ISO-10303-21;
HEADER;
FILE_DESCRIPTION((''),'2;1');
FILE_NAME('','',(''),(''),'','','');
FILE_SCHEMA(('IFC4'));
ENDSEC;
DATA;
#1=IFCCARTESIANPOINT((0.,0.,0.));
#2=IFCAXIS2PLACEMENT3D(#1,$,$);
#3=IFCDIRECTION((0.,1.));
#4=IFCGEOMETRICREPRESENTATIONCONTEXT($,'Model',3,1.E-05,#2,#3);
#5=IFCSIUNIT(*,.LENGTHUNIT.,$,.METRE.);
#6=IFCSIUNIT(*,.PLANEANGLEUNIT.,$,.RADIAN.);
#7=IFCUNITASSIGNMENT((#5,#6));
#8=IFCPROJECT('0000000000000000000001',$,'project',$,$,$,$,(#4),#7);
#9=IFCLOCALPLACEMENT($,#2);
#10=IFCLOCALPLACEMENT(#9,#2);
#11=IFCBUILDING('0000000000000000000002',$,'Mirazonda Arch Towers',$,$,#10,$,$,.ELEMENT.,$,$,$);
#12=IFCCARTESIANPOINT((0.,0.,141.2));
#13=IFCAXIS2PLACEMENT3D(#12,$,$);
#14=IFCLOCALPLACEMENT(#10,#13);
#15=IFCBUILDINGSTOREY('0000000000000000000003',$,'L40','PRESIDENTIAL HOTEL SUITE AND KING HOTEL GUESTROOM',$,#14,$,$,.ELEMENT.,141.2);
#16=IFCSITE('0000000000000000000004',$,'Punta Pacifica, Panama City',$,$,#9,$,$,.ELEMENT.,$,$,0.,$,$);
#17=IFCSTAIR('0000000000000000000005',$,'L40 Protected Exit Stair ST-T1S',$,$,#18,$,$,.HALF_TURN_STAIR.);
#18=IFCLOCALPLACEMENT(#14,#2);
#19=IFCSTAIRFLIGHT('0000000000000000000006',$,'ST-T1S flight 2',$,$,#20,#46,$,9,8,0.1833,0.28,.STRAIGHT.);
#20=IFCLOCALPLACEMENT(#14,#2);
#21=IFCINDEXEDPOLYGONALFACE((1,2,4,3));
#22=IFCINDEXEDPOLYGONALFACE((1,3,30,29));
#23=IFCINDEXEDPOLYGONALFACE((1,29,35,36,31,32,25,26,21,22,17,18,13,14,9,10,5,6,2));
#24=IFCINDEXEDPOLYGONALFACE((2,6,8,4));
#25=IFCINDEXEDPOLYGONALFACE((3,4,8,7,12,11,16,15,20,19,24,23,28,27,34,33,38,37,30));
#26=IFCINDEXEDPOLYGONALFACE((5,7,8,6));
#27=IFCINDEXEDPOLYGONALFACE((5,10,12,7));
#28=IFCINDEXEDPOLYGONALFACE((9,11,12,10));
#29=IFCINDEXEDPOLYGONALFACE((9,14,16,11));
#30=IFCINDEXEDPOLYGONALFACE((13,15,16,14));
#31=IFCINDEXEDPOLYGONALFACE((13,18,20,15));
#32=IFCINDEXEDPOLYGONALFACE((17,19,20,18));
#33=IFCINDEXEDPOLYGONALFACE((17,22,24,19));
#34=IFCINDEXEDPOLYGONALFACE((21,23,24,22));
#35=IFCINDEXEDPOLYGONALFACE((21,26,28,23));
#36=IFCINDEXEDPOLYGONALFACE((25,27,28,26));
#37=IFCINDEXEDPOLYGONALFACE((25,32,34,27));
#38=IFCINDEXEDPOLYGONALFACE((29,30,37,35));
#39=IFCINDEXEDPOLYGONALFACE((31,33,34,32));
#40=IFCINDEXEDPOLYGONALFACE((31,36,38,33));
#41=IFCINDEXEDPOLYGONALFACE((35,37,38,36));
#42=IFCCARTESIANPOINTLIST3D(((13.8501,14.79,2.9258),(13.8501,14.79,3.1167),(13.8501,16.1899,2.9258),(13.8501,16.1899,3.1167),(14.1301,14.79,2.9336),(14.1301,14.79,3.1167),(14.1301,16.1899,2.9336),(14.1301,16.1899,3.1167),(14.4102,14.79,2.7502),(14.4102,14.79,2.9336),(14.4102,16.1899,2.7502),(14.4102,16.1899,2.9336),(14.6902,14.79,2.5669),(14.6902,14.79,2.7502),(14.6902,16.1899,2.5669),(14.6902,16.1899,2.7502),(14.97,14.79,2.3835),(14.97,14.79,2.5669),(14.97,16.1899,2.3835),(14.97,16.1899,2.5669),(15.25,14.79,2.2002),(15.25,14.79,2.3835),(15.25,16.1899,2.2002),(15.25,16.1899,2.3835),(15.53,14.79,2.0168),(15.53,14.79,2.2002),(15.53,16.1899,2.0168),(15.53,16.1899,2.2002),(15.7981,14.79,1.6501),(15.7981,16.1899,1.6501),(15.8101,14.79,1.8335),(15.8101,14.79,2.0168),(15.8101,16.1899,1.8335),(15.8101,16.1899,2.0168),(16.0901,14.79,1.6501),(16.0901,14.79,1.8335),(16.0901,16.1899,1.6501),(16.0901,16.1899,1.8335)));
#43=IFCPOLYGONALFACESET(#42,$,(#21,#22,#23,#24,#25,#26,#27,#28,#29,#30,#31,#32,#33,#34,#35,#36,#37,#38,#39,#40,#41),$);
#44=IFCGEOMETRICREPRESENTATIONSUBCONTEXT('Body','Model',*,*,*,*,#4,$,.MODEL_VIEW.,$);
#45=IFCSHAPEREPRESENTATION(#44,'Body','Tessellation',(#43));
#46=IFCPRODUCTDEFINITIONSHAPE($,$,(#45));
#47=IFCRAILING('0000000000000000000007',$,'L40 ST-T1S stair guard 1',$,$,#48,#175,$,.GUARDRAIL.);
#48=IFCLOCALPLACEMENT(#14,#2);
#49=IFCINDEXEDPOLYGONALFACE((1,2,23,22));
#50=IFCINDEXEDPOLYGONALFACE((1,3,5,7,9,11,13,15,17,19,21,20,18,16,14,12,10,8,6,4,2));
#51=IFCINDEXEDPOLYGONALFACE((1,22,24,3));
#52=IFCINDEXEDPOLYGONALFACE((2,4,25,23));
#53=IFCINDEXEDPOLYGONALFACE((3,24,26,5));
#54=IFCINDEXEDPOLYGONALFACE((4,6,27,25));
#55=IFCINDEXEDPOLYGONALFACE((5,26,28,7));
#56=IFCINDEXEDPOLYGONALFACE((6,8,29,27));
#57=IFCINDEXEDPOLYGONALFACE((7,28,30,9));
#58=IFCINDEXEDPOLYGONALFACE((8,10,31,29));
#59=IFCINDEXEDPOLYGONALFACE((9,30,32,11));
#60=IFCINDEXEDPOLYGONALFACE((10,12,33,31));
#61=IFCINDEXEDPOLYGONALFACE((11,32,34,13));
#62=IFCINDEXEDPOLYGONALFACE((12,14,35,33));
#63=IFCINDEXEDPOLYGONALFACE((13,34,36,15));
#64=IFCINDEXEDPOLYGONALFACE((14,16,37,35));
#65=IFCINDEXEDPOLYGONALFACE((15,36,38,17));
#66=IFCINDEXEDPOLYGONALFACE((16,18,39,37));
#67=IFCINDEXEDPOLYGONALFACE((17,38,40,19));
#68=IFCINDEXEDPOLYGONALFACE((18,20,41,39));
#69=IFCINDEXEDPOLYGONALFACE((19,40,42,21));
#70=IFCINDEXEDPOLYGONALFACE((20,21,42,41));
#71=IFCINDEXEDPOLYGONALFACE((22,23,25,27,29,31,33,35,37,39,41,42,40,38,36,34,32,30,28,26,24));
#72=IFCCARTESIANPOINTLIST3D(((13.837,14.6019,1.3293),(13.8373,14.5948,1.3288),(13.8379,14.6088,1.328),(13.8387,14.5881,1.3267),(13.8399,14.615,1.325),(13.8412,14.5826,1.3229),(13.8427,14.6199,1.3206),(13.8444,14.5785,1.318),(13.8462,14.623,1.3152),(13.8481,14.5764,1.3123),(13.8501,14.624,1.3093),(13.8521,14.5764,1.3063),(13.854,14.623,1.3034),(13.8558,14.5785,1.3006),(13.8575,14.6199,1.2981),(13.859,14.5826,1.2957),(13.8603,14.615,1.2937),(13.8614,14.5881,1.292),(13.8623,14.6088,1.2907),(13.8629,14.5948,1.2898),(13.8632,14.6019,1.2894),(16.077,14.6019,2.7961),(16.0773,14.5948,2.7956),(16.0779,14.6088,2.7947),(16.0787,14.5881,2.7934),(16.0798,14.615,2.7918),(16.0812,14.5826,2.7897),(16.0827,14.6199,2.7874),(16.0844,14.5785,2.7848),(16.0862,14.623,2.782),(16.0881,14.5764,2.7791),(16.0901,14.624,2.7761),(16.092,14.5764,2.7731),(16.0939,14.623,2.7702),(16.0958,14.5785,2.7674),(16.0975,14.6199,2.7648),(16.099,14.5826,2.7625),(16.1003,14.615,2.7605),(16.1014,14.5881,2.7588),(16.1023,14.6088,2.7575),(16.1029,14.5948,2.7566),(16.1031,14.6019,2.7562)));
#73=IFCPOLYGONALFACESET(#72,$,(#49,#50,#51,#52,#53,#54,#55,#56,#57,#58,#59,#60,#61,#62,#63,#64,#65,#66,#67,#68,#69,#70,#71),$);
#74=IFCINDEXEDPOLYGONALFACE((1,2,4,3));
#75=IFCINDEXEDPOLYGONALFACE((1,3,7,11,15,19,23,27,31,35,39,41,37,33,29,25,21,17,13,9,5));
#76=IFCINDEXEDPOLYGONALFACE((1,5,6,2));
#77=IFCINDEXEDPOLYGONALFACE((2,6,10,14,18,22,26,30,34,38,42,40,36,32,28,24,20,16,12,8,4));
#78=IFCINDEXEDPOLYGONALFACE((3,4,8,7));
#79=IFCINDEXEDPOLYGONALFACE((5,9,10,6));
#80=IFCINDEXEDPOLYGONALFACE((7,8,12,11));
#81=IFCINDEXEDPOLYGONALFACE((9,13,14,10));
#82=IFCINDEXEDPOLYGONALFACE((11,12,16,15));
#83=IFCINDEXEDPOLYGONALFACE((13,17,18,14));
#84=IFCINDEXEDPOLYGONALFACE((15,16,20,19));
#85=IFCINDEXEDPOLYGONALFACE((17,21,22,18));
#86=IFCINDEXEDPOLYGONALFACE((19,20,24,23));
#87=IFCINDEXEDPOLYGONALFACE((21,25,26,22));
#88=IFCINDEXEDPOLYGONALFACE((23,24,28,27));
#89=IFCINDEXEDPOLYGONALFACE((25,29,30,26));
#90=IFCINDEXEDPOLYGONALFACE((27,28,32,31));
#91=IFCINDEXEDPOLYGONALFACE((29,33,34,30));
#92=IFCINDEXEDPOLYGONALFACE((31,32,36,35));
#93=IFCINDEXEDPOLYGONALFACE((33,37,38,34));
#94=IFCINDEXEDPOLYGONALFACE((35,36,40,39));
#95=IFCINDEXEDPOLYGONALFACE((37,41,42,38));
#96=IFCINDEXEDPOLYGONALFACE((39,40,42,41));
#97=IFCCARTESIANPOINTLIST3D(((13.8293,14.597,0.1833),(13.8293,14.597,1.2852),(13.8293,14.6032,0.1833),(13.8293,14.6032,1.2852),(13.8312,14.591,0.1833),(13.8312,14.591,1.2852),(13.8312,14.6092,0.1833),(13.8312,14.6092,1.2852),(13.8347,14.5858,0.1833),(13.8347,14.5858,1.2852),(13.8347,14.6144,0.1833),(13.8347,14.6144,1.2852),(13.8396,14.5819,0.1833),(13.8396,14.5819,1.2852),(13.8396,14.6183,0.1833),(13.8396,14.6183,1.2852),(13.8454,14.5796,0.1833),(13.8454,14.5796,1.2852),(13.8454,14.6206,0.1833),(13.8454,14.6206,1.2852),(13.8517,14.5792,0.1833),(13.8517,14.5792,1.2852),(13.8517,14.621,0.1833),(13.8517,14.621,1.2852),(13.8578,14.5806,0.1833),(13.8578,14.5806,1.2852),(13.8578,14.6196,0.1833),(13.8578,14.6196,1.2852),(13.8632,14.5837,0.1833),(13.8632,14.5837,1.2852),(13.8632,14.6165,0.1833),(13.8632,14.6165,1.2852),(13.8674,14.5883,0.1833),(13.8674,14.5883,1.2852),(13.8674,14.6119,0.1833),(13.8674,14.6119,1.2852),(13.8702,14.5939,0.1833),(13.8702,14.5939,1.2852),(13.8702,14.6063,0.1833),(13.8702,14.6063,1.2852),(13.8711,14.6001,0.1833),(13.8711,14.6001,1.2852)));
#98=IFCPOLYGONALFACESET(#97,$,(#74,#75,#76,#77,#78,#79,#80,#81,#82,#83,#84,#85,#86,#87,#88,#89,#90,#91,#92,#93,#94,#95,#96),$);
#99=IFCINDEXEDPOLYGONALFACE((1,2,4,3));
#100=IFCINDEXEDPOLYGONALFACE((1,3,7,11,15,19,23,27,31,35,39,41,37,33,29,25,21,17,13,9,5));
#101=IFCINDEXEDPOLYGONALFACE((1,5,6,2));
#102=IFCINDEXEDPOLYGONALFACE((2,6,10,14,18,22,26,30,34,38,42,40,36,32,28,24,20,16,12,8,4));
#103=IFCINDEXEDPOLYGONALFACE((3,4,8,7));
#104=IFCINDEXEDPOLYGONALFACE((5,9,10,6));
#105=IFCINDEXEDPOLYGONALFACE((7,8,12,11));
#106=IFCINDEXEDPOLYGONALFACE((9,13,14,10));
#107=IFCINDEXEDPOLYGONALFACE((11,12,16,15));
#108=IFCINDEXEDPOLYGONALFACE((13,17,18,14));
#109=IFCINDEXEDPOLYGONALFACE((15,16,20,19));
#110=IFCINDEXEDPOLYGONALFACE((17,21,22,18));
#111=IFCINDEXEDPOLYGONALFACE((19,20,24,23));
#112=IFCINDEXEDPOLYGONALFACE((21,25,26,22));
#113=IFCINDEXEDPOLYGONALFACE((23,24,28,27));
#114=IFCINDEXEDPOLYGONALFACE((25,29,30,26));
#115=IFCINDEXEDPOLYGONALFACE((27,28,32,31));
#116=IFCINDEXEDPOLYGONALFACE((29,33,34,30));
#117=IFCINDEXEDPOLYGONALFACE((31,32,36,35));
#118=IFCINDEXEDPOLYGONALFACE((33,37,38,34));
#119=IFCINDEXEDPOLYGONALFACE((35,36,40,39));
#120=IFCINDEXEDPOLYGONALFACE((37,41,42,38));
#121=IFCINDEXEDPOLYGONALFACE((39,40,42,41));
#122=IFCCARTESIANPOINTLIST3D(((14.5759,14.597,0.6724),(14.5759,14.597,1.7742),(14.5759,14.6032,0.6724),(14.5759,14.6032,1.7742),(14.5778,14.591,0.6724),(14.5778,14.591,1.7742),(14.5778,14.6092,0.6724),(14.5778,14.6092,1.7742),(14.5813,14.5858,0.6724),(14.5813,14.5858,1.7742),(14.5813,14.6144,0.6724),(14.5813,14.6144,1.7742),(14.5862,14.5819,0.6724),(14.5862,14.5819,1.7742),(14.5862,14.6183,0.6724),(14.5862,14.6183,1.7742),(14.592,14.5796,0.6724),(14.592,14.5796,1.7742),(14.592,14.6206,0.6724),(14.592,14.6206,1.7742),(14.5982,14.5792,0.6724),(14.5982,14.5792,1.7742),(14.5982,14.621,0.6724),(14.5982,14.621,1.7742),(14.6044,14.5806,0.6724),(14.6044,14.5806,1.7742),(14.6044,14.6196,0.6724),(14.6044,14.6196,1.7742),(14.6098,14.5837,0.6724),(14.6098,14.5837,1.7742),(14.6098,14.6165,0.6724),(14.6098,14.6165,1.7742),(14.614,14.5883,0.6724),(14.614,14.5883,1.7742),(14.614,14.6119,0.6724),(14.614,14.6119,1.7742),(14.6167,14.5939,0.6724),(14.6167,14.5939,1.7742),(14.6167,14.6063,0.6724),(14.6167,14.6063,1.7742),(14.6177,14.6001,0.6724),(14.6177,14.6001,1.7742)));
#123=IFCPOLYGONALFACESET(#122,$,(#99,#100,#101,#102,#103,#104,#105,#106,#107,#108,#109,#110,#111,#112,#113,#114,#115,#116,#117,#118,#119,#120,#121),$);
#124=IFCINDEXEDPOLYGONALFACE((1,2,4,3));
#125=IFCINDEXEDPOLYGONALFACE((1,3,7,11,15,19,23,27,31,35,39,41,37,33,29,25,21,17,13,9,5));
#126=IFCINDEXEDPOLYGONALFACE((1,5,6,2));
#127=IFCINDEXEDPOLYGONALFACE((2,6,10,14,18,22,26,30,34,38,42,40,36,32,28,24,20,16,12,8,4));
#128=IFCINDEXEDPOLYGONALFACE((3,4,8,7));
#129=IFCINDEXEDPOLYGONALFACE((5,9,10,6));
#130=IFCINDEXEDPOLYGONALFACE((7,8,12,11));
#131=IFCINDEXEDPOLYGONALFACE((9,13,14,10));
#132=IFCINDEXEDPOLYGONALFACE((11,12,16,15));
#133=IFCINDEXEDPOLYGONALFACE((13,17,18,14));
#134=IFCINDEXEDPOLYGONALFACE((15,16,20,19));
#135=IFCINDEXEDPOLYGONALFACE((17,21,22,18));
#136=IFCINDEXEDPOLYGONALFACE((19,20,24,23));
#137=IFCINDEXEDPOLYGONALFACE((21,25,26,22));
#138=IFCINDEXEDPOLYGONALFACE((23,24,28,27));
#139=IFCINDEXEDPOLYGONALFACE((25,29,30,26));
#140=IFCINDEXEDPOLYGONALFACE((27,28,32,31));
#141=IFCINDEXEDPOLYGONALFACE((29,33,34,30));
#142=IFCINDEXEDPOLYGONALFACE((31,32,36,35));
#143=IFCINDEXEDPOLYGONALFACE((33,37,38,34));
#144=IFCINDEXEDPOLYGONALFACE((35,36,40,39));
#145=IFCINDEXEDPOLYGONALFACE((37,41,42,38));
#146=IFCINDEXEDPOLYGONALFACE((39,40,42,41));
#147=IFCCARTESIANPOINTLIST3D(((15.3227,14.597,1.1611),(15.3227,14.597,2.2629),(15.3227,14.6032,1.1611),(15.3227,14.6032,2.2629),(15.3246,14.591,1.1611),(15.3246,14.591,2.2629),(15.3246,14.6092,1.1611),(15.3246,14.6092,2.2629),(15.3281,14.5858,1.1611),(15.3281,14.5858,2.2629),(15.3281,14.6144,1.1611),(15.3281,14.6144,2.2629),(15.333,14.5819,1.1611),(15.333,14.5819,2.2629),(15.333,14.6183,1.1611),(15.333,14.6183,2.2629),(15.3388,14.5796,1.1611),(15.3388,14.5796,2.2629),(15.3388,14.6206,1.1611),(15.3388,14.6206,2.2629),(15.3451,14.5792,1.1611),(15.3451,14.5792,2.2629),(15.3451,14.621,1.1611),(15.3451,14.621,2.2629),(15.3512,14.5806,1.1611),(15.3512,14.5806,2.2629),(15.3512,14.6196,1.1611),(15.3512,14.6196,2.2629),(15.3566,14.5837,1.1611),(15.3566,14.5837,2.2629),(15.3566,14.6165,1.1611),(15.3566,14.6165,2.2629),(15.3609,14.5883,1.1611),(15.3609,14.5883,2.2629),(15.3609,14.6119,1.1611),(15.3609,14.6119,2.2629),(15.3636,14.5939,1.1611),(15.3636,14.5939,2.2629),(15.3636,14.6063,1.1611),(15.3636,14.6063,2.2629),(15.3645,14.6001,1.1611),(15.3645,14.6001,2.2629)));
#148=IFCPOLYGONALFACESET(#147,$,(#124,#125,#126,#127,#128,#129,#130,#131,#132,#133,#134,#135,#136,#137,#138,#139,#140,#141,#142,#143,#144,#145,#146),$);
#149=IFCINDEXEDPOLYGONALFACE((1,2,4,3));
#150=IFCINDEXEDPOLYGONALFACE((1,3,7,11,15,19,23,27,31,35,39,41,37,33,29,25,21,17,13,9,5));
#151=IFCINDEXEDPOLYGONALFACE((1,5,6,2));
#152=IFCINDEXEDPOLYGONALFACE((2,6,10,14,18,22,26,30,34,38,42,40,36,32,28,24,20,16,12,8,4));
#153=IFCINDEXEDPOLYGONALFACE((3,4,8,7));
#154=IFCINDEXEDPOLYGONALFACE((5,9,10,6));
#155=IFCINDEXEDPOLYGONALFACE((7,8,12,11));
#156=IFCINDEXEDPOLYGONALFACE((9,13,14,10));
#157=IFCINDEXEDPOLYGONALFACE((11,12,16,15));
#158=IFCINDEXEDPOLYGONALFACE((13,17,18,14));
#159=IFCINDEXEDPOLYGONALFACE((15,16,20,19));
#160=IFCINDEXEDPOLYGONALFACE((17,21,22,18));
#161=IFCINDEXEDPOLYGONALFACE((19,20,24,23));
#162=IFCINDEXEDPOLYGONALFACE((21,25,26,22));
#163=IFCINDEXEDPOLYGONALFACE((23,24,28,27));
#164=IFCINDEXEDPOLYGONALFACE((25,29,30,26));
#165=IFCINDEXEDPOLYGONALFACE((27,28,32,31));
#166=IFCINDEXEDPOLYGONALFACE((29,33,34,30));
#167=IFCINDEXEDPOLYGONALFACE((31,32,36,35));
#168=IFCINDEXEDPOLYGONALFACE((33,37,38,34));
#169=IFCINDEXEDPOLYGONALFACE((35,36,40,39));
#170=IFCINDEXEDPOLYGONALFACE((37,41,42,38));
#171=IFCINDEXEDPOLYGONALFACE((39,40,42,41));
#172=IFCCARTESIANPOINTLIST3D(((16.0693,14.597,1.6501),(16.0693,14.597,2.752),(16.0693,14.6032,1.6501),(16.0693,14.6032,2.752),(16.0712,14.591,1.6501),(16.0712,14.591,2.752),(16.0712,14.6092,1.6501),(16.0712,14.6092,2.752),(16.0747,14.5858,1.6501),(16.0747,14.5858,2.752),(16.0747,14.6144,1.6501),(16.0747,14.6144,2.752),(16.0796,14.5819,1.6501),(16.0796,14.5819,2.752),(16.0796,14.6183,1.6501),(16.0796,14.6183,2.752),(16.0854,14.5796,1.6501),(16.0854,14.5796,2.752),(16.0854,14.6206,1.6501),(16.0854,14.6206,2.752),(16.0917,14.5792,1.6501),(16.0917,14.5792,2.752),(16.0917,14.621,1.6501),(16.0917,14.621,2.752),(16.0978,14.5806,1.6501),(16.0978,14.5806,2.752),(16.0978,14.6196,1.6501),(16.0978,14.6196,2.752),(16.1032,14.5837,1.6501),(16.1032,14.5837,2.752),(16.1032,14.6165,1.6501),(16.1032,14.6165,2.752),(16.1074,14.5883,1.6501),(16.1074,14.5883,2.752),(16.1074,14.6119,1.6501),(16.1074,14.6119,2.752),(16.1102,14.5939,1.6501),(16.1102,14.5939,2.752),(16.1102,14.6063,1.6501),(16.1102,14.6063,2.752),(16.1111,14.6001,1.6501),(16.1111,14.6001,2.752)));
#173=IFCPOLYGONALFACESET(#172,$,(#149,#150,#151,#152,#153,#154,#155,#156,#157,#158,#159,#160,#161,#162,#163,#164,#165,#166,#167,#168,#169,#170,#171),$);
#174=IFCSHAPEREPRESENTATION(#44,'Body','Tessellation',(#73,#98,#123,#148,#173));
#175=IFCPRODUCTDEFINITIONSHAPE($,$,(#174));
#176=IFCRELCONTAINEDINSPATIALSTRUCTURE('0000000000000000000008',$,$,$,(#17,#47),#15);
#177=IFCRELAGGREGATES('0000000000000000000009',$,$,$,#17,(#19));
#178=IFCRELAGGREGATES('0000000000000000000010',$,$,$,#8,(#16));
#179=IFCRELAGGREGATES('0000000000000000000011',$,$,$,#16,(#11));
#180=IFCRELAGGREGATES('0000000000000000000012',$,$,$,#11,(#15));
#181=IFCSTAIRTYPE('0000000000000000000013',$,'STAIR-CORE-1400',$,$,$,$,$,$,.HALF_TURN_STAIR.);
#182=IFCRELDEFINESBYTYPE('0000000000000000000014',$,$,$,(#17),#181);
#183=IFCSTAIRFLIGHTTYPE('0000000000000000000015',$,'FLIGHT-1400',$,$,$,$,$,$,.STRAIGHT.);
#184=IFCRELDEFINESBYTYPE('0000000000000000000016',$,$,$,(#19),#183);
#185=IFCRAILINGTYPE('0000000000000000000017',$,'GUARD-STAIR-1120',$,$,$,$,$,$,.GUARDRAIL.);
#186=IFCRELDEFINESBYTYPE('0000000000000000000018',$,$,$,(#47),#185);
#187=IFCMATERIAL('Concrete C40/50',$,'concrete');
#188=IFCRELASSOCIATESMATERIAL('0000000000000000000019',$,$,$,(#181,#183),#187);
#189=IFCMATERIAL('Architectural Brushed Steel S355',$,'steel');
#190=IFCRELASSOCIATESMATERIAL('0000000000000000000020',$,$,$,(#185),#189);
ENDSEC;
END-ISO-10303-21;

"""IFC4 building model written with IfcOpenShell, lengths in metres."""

from ifc_helpers import new_model, si_unit, direction, frame, origin, origin_2d, place, context, subcontext, project, spatial, polyline, circle, outline, extrude, material, type_object, element, aggregate, save


model = new_model("IFC4")

# Units and contexts
model_context = context("Model", 3, precision=1e-05, world=origin(), true_north=direction((0.0, 1.0)))
body_context = subcontext(model_context, "Body", "Model", "MODEL_VIEW")
ifc_project = project(units=[si_unit("LENGTHUNIT", "METRE"), si_unit("PLANEANGLEUNIT", "RADIAN")], contexts=[model_context])

# Site, building, storey
site_placement = place(None, origin())
site = spatial("IfcSite", under=ifc_project, at=site_placement, Name="Punta Pacifica, Panama City", CompositionType="ELEMENT", RefElevation=0.0)
building_placement = place(site_placement, origin())
building = spatial("IfcBuilding", under=site, at=building_placement, Name="Mirazonda Arch Towers", CompositionType="ELEMENT")
storey_placement = place(building_placement, frame((0.0, 0.0, 141.2)))
storey = spatial("IfcBuildingStorey", under=building, at=storey_placement, Name="L40", Description="PRESIDENTIAL HOTEL SUITE AND KING HOTEL GUESTROOM", CompositionType="ELEMENT", Elevation=141.2)

# Shared definitions
ifc_material_1 = material(Name="Architectural Brushed Steel S355", Category="steel")

# Shared definitions
ifc_material_2 = material(Name="Concrete C40/50", Category="concrete")

# Stair, stair flight
stair_type = type_object("IfcStairType", Name="STAIR-CORE-1400", PredefinedType="HALF_TURN_STAIR", material=ifc_material_2)
stair_placement = place(storey_placement, origin())
stair = element("IfcStair", 1, at=stair_placement, inside=storey, type_object=stair_type, Name="L40 Protected Exit Stair ST-T1S", PredefinedType="HALF_TURN_STAIR")
stair_flight_type = type_object("IfcStairFlightType", Name="FLIGHT-1400", PredefinedType="STRAIGHT", material=ifc_material_2)
stair_flight_1_placement = place(storey_placement, frame((16.0901, 15.49, 1.6501), z_axis=(0.0, 0.0, 1.0), x_axis=(-1.0, 0.0, 0.0)))
stair_flight_1 = element("IfcStairFlight", 2, at=stair_flight_1_placement, type_object=stair_flight_type, Name="ST-T1S flight 2", NumberOfRisers=9, NumberOfTreads=8, PredefinedType="STRAIGHT", RiserHeight=0.1833, TreadLength=0.28, context=body_context, shape_type="SweptSolid", body=[
    extrude(outline(polyline([(0.0, 0.0), (0.0, 0.1833), (0.28, 0.1833), (0.28, 0.3667), (0.5601, 0.3667), (0.5601, 0.55), (0.8401, 0.55), (0.8401, 0.7334), (1.1201, 0.7334), (1.1201, 0.9167), (1.3999, 0.9167), (1.3999, 1.1001), (1.6799, 1.1001), (1.6799, 1.2834), (1.96, 1.2834), (1.96, 1.4666), (2.24, 1.4666), (2.24, 1.6499), (2.24, 1.2756), (0.292, 0.0), (0.0, 0.0)])), frame((0.0, 0.7, 0.0), z_axis=(0.0, -1.0, 0.0), x_axis=(1.0, 0.0, 0.0)), (0.0, 0.0, 1.0), 1.3999),
])
aggregate(stair, [stair_flight_1])

# Railing
railing_type_1 = type_object("IfcRailingType", Name="GUARD-STAIR-1120", PredefinedType="GUARDRAIL", material=ifc_material_1)
railing_1_placement = place(storey_placement, frame((13.8501, 14.6001, 0.1833)))
element("IfcRailing", 3, at=railing_1_placement, inside=storey, type_object=railing_type_1, Name="L40 ST-T1S stair guard 1", PredefinedType="GUARDRAIL", context=body_context, shape_type="SweptSolid", body=[
    extrude(circle(Radius=0.0239, at=origin_2d()), frame((0.0, 0.0, 1.126), z_axis=(0.836595, 0.0, 0.547822), x_axis=(0.0, 1.0, 0.0)), (0.0, 0.0, 1.0), 2.6775),
    extrude(circle(Radius=0.021, at=origin_2d()), origin(), (0.0, 0.0, 1.0), 1.1018),
    extrude(circle(Radius=0.021, at=origin_2d()), frame((0.7466, 0.0, 0.489)), (0.0, 0.0, 1.0), 1.1018),
    extrude(circle(Radius=0.021, at=origin_2d()), frame((1.4934, 0.0, 0.9778)), (0.0, 0.0, 1.0), 1.1018),
    extrude(circle(Radius=0.021, at=origin_2d()), frame((2.24, 0.0, 1.4668)), (0.0, 0.0, 1.0), 1.1018),
])

save(model, "model.ifc")
